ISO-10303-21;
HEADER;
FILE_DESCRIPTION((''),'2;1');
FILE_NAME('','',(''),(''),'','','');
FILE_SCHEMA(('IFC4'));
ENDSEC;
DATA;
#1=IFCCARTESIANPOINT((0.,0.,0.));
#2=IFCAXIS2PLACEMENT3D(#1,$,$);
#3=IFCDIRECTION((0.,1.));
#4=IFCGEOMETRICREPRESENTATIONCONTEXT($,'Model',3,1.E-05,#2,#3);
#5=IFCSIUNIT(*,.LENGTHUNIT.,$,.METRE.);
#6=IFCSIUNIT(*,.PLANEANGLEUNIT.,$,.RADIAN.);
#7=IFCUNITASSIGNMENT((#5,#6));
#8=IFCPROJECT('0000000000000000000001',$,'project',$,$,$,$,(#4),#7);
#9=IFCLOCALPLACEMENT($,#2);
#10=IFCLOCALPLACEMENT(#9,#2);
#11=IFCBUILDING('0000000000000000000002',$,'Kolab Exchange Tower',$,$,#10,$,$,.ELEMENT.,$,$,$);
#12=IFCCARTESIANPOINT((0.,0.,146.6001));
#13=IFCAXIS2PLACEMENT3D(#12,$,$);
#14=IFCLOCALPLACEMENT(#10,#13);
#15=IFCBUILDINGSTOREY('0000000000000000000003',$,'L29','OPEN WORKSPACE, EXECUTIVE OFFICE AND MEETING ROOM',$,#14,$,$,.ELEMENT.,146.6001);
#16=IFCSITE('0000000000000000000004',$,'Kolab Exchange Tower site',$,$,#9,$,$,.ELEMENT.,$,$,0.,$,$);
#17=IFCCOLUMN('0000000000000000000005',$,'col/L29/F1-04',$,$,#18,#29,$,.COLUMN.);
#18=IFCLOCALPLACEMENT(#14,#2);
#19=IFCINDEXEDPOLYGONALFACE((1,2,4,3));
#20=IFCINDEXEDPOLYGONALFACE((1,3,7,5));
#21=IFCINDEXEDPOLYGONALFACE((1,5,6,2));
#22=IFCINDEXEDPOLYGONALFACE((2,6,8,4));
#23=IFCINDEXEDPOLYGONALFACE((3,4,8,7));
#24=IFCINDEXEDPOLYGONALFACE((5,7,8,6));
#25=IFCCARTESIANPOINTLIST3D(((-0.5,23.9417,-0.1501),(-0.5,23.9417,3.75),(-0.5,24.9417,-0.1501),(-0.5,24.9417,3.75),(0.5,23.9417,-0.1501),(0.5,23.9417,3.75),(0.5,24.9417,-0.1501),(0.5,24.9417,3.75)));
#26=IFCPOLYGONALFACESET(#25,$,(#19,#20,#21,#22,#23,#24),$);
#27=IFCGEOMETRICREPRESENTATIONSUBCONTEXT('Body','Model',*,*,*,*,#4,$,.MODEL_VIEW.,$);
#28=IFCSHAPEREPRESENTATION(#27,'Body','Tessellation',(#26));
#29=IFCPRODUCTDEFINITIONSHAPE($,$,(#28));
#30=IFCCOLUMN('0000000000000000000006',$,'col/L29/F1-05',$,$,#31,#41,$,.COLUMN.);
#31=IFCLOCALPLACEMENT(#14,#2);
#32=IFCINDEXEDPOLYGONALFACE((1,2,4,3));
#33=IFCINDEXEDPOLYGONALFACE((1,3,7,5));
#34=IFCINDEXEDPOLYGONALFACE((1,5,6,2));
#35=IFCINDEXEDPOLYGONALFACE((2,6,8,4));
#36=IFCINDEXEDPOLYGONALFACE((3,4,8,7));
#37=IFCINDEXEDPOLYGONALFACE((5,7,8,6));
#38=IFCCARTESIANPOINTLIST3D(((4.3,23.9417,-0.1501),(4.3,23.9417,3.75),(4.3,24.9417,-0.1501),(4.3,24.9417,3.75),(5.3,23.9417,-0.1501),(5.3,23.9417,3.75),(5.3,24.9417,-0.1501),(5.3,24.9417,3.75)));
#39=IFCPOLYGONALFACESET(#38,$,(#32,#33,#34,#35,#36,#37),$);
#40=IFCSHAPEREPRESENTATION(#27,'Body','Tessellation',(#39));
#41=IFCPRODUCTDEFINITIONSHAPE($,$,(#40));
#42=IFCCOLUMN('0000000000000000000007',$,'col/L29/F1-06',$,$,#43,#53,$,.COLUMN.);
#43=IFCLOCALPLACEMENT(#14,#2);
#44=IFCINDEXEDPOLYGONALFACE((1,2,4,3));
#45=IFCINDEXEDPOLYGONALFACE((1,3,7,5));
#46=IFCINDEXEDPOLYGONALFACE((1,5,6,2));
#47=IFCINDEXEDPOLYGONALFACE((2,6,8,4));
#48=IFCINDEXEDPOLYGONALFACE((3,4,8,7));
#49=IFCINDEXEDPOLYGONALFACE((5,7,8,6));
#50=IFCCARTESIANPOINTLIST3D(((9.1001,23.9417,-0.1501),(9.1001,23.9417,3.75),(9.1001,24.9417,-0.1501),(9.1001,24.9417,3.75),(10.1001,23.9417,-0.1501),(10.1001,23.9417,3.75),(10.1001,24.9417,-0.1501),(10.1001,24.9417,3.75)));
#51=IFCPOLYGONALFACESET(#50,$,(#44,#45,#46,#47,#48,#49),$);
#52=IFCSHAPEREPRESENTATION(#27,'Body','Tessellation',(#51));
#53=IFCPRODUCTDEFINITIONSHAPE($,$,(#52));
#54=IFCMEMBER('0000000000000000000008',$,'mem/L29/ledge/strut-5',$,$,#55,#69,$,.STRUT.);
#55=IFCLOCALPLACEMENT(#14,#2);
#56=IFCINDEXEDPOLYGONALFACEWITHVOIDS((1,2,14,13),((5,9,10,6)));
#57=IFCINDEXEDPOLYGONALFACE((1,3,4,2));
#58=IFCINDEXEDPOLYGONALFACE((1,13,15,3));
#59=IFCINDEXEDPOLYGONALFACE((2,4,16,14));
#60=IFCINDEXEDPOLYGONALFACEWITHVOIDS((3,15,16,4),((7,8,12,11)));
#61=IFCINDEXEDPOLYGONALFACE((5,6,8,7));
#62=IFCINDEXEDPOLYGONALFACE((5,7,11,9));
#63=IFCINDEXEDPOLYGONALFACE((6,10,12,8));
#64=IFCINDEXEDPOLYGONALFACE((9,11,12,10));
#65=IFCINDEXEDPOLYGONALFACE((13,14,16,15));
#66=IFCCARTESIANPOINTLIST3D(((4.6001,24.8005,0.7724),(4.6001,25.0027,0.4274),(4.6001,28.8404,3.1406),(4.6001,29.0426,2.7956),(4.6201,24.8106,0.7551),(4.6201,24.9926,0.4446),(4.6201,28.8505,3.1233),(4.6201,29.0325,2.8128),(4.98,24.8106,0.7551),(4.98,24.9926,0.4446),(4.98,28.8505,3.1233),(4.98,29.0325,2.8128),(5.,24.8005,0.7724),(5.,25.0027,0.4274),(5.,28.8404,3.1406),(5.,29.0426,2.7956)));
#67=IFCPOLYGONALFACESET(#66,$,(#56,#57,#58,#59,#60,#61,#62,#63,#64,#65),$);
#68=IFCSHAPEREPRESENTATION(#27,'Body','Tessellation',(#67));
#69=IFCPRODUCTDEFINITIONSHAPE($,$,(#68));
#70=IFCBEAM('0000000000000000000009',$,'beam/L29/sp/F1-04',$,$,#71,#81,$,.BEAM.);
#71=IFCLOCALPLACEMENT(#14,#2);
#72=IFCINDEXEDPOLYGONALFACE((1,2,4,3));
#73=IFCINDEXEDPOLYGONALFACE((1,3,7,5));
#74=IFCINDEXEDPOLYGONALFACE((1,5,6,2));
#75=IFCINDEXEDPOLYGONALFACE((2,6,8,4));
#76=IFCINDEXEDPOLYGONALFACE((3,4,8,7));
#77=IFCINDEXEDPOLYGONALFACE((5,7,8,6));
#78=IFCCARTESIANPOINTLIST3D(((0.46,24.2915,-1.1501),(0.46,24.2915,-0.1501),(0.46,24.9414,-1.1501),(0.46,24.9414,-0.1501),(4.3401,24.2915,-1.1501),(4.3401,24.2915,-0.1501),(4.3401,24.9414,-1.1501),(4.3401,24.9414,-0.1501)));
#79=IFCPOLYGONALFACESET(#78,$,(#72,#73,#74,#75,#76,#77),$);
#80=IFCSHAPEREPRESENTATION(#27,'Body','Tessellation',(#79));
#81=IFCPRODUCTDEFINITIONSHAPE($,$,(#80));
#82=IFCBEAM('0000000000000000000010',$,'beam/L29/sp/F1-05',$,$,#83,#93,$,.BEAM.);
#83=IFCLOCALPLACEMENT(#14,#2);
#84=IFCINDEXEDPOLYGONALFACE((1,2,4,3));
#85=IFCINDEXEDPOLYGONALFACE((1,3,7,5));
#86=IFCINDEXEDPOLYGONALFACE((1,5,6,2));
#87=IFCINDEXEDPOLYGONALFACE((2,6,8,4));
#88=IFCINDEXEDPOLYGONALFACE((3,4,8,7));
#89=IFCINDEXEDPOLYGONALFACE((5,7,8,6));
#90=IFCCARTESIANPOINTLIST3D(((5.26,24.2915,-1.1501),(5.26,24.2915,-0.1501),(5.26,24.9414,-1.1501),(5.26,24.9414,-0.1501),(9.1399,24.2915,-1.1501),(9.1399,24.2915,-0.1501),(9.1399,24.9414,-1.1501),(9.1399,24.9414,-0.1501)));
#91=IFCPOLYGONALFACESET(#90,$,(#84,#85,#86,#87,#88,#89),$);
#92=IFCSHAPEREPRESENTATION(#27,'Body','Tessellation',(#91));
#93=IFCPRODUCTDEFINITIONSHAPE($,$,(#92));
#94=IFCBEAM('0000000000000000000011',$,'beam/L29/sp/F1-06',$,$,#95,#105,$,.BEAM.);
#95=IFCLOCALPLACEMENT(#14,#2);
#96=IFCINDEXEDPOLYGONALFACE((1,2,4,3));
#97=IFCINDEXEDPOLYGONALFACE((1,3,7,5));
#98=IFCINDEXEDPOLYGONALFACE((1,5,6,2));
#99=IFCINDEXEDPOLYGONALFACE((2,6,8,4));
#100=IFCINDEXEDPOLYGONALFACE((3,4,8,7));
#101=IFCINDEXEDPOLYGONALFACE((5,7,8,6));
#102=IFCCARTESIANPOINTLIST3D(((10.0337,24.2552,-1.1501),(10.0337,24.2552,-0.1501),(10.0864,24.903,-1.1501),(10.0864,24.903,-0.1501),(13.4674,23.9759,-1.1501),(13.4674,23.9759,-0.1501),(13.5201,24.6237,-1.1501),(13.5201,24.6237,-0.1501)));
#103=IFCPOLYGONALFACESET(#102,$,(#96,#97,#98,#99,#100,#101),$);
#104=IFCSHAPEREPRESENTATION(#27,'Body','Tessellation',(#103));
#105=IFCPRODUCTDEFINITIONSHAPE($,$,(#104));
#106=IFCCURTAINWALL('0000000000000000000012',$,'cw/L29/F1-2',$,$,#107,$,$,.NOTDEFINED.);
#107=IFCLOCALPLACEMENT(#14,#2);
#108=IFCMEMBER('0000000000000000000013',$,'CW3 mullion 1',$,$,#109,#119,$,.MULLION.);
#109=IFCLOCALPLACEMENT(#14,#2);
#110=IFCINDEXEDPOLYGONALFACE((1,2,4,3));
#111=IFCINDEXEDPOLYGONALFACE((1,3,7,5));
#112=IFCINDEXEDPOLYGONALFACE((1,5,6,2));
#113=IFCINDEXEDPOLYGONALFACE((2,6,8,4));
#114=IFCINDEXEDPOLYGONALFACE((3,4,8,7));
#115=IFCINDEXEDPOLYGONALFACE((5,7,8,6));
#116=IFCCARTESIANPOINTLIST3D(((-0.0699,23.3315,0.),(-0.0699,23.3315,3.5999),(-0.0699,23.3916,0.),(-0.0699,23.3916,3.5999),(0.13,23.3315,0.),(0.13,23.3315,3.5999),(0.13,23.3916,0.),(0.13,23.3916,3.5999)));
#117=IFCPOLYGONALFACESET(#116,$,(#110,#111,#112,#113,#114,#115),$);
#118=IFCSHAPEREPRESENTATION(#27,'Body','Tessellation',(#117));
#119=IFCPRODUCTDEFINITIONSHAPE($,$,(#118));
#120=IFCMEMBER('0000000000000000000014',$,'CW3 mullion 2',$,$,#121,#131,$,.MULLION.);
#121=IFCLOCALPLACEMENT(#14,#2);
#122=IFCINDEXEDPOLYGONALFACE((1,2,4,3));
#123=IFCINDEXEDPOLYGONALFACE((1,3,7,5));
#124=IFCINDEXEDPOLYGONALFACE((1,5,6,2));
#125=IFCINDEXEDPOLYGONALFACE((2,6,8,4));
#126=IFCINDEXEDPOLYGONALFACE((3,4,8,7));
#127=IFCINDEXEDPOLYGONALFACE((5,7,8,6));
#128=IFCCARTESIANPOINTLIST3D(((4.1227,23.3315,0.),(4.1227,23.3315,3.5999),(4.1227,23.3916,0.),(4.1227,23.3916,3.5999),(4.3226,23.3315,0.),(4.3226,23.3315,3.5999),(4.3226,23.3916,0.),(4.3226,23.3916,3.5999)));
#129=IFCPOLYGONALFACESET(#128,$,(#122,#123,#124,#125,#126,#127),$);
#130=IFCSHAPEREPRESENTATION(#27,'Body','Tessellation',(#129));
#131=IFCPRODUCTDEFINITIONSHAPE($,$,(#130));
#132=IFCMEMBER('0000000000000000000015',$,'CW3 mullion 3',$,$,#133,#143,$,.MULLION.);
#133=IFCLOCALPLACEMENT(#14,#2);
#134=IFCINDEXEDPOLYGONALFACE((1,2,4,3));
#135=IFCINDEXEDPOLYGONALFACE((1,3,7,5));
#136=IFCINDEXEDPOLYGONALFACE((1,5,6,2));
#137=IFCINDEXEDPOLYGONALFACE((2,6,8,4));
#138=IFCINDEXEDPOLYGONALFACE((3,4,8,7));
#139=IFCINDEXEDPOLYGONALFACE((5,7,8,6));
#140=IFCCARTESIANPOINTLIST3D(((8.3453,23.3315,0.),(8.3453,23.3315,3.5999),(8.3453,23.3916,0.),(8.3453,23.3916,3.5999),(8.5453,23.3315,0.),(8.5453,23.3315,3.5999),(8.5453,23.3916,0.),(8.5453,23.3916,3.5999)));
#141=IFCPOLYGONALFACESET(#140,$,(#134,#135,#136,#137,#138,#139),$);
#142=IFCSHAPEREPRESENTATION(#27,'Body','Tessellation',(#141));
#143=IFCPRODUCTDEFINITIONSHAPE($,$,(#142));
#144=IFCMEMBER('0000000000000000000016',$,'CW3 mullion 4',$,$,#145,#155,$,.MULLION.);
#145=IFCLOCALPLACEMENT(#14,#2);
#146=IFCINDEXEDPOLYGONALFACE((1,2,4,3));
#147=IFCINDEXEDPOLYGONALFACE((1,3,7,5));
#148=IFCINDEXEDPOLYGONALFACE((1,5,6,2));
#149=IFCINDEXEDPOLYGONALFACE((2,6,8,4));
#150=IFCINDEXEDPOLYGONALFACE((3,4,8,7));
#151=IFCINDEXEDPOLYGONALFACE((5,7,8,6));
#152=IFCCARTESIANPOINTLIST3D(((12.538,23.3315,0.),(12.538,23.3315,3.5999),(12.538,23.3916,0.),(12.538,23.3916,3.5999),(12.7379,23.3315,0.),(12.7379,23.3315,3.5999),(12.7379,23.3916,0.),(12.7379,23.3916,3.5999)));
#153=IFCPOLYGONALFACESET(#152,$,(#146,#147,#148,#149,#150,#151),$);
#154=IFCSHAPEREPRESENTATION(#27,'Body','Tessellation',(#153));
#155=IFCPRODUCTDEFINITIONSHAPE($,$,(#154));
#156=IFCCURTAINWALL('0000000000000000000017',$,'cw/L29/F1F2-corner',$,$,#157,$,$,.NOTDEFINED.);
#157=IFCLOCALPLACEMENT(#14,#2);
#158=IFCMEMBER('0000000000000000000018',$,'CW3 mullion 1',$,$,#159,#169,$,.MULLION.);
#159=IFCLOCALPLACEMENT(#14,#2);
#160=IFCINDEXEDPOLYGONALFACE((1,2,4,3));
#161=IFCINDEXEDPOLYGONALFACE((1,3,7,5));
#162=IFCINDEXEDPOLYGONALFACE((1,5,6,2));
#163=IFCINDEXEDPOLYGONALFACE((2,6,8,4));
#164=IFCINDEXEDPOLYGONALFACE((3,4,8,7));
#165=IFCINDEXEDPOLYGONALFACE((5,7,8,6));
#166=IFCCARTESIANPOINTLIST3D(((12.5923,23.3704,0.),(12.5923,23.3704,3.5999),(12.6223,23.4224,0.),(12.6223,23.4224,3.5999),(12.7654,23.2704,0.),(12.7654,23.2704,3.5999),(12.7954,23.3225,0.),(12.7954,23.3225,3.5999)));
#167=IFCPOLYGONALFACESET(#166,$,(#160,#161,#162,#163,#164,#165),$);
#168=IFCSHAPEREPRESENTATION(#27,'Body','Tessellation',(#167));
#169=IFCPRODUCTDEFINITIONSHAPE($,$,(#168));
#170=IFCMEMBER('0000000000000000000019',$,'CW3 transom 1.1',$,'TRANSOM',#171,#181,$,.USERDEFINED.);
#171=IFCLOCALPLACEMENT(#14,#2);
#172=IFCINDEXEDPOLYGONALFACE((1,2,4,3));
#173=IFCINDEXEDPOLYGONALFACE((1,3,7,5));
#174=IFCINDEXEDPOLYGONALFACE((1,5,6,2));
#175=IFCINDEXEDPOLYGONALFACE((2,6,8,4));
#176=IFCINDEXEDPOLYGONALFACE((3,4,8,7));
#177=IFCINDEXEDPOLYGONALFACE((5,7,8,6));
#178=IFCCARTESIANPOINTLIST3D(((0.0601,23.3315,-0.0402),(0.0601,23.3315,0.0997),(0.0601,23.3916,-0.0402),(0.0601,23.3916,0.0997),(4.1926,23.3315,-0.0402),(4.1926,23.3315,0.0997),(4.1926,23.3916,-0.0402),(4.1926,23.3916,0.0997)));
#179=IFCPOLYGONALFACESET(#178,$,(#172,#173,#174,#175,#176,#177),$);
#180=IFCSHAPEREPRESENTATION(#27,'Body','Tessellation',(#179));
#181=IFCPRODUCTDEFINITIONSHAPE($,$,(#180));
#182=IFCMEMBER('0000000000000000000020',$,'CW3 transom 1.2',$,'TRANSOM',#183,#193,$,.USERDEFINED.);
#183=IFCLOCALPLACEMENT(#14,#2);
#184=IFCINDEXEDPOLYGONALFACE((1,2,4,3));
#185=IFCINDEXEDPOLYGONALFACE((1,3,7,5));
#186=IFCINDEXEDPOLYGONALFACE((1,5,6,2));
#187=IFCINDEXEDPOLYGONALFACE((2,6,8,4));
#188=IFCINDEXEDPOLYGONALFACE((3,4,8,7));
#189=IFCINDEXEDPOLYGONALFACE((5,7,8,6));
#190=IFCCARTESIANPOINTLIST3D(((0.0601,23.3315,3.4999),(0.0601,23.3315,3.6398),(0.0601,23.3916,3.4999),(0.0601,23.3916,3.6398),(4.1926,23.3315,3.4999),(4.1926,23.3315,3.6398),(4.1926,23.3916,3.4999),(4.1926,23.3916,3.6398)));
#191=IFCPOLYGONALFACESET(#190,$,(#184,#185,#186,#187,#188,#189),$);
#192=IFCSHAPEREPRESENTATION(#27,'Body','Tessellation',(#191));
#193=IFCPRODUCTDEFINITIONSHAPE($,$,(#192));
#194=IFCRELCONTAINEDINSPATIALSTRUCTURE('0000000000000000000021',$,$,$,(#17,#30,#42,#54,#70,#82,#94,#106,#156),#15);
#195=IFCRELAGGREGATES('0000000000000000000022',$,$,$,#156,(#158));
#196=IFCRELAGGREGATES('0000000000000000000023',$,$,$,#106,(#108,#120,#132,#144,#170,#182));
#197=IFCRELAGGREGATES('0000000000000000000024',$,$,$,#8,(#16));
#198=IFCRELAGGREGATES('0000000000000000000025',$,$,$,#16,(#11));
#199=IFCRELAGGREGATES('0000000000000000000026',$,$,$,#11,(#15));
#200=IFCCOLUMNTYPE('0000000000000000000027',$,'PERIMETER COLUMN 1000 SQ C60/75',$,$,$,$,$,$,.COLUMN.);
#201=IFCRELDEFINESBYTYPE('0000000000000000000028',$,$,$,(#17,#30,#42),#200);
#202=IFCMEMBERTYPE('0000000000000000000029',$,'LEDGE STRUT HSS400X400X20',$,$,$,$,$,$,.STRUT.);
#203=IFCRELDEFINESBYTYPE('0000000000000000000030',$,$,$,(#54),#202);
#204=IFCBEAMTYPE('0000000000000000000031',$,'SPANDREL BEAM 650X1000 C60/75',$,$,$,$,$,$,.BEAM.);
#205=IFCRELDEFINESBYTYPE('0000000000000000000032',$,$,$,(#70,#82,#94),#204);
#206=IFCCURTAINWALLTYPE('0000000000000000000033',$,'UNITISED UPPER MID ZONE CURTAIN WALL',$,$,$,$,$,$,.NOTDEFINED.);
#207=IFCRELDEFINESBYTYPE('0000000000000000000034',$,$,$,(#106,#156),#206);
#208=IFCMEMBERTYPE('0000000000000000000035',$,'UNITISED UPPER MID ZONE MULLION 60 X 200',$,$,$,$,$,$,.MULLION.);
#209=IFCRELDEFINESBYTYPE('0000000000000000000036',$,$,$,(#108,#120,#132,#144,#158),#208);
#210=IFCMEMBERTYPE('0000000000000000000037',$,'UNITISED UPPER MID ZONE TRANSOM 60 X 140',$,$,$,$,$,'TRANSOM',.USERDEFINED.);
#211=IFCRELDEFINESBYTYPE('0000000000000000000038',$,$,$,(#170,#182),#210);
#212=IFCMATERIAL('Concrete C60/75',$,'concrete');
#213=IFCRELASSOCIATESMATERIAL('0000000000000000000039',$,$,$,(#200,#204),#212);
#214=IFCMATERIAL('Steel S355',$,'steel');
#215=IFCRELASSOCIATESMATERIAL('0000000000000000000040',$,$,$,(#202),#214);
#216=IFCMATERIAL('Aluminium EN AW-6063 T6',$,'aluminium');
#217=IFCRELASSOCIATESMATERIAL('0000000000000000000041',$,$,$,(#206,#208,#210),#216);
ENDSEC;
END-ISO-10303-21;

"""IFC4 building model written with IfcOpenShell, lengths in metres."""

from ifc_helpers import new_model, si_unit, direction, frame, origin, origin_2d, place, context, subcontext, project, spatial, rectangle, hollow_rectangle, extrude, material, material_profile, profile_set, type_object, element, aggregate, save


model = new_model("IFC4")

# Units and contexts
model_context = context("Model", 3, precision=1e-05, world=origin(), true_north=direction((0.0, 1.0)))
body_context = subcontext(model_context, "Body", "Model", "MODEL_VIEW")
ifc_project = project(units=[si_unit("LENGTHUNIT", "METRE"), si_unit("PLANEANGLEUNIT", "RADIAN")], contexts=[model_context])

# Site, building, storey
site_placement = place(None, origin())
site = spatial("IfcSite", under=ifc_project, at=site_placement, Name="Kolab Exchange Tower site", CompositionType="ELEMENT", RefElevation=0.0)
building_placement = place(site_placement, origin())
building = spatial("IfcBuilding", under=site, at=building_placement, Name="Kolab Exchange Tower", CompositionType="ELEMENT")
storey_placement = place(building_placement, frame((0.0, 0.0, 146.6001)))
storey = spatial("IfcBuildingStorey", under=building, at=storey_placement, Name="L29", Description="OPEN WORKSPACE, EXECUTIVE OFFICE AND MEETING ROOM", CompositionType="ELEMENT", Elevation=146.6001)

# Columns
ifc_material_1 = material(Name="Concrete C60/75", Category="concrete")
ifc_material_profile_1 = material_profile(ifc_material_1, rectangle(XDim=1.0, YDim=1.0, at=origin_2d()), Name="RC1000")
ifc_profile_set_1 = profile_set([ifc_material_profile_1], Name="Concrete C60/75")
column_type = type_object("IfcColumnType", Name="PERIMETER COLUMN 1000 SQ C60/75", PredefinedType="COLUMN", material=ifc_profile_set_1)
for number, where, z_axis, x_axis, name in (
    (1, (0.0, 24.4417, -0.1501), (0.0, 0.0, 1.0), (1.0, 0.0, 0.0), "col/L29/F1-04"),
    (2, (4.8, 24.4417, -0.1501), (0.0, 0.0, 1.0), (1.0, 0.0, 0.0), "col/L29/F1-05"),
    (3, (9.6001, 24.4417, -0.1501), (0.0, 0.0, 1.0), (1.0, 0.0, 0.0), "col/L29/F1-06"),
):
    element("IfcColumn", number, at=place(storey_placement, frame(where, z_axis=z_axis, x_axis=x_axis)), inside=storey, type_object=column_type, Name=name, PredefinedType="COLUMN", context=body_context, shape_type="SweptSolid", body=[
        extrude(rectangle(XDim=1.0, YDim=1.0, at=origin_2d()), origin(), (0.0, 0.0, 1.0), 3.9001),
    ])

# Member
ifc_material_2 = material(Name="Steel S355", Category="steel")
ifc_material_profile_2 = material_profile(ifc_material_2, hollow_rectangle(XDim=0.3999, YDim=0.3999, WallThickness=0.02, at=origin_2d()), Name="HSS400X400X20")
ifc_profile_set_2 = profile_set([ifc_material_profile_2], Name="Steel S355")
member_type_1 = type_object("IfcMemberType", Name="LEDGE STRUT HSS400X400X20", PredefinedType="STRUT", material=ifc_profile_set_2)
member_1_placement = place(storey_placement, frame((4.8, 24.9016, 0.5999), z_axis=(0.0, 0.862697, 0.505721), x_axis=(-1.0, 0.0, 0.0)))
element("IfcMember", 4, at=member_1_placement, inside=storey, type_object=member_type_1, Name="mem/L29/ledge/strut-5", PredefinedType="STRUT", context=body_context, shape_type="SweptSolid", body=[
    extrude(hollow_rectangle(XDim=0.3999, YDim=0.3999, WallThickness=0.02, at=origin_2d()), origin(), (0.0, 0.0, 1.0), 4.6829),
])

# Beams
ifc_material_profile_3 = material_profile(ifc_material_1, rectangle(XDim=0.6499, YDim=1.0, at=origin_2d()), Name="RC650X1000")
ifc_profile_set_3 = profile_set([ifc_material_profile_3], Name="Concrete C60/75")
beam_type = type_object("IfcBeamType", Name="SPANDREL BEAM 650X1000 C60/75", PredefinedType="BEAM", material=ifc_profile_set_3)
beam_1_placement = place(storey_placement, frame((0.46, 24.6165, -0.6501), z_axis=(1.0, 0.0, 0.0), x_axis=(0.0, 1.0, 0.0)))
element("IfcBeam", 5, at=beam_1_placement, inside=storey, type_object=beam_type, Name="beam/L29/sp/F1-04", PredefinedType="BEAM", context=body_context, shape_type="SweptSolid", body=[
    extrude(rectangle(XDim=0.6499, YDim=1.0, at=origin_2d()), origin(), (0.0, 0.0, 1.0), 3.8801),
])
beam_2_placement = place(storey_placement, frame((5.26, 24.6165, -0.6501), z_axis=(1.0, 0.0, 0.0), x_axis=(0.0, 1.0, 0.0)))
element("IfcBeam", 6, at=beam_2_placement, inside=storey, type_object=beam_type, Name="beam/L29/sp/F1-05", PredefinedType="BEAM", context=body_context, shape_type="SweptSolid", body=[
    extrude(rectangle(XDim=0.6499, YDim=1.0, at=origin_2d()), origin(), (0.0, 0.0, 1.0), 3.8799),
])
beam_3_placement = place(storey_placement, frame((10.0601, 24.5791, -0.6501), z_axis=(0.996708, -0.081069, 0.0), x_axis=(0.081069, 0.996708, 0.0)))
element("IfcBeam", 7, at=beam_3_placement, inside=storey, type_object=beam_type, Name="beam/L29/sp/F1-06", PredefinedType="BEAM", context=body_context, shape_type="SweptSolid", body=[
    extrude(rectangle(XDim=0.6499, YDim=1.0, at=origin_2d()), origin(), (0.0, 0.0, 1.0), 3.4451),
])

# Curtain wall, members
ifc_material_3 = material(Name="Aluminium EN AW-6063 T6", Category="aluminium")
curtain_wall_type = type_object("IfcCurtainWallType", Name="UNITISED UPPER MID ZONE CURTAIN WALL", PredefinedType="NOTDEFINED", material=ifc_material_3)
curtain_wall_1_placement = place(storey_placement, origin())
curtain_wall_1 = element("IfcCurtainWall", 8, at=curtain_wall_1_placement, inside=storey, type_object=curtain_wall_type, Name="cw/L29/F1-2", PredefinedType="NOTDEFINED")
ifc_material_profile_4 = material_profile(ifc_material_3, rectangle(XDim=0.0601, YDim=0.2, at=origin_2d()), Name="RECT 60X200")
ifc_profile_set_4 = profile_set([ifc_material_profile_4], Name="Aluminium EN AW-6063 T6")
member_type_2 = type_object("IfcMemberType", Name="UNITISED UPPER MID ZONE MULLION 60 X 200", PredefinedType="MULLION", material=ifc_profile_set_4)
member_2_placement = place(storey_placement, frame((0.03, 23.3616, 0.0), z_axis=(0.0, 0.0, 1.0), x_axis=(0.0, 1.0, 0.0)))
member_2 = element("IfcMember", 9, at=member_2_placement, type_object=member_type_2, Name="CW3 mullion 1", PredefinedType="MULLION", context=body_context, shape_type="SweptSolid", body=[
    extrude(rectangle(XDim=0.0601, YDim=0.2, at=origin_2d()), origin(), (0.0, 0.0, 1.0), 3.5999),
])
member_3_placement = place(storey_placement, frame((4.2227, 23.3616, 0.0), z_axis=(0.0, 0.0, 1.0), x_axis=(0.0, 1.0, 0.0)))
member_3 = element("IfcMember", 10, at=member_3_placement, type_object=member_type_2, Name="CW3 mullion 2", PredefinedType="MULLION", context=body_context, shape_type="SweptSolid", body=[
    extrude(rectangle(XDim=0.0601, YDim=0.2, at=origin_2d()), origin(), (0.0, 0.0, 1.0), 3.5999),
])
member_4_placement = place(storey_placement, frame((8.4453, 23.3616, 0.0), z_axis=(0.0, 0.0, 1.0), x_axis=(0.0, 1.0, 0.0)))
member_4 = element("IfcMember", 11, at=member_4_placement, type_object=member_type_2, Name="CW3 mullion 3", PredefinedType="MULLION", context=body_context, shape_type="SweptSolid", body=[
    extrude(rectangle(XDim=0.0601, YDim=0.2, at=origin_2d()), origin(), (0.0, 0.0, 1.0), 3.5999),
])
member_5_placement = place(storey_placement, frame((12.6379, 23.3616, 0.0), z_axis=(0.0, 0.0, 1.0), x_axis=(0.0, 1.0, 0.0)))
member_5 = element("IfcMember", 12, at=member_5_placement, type_object=member_type_2, Name="CW3 mullion 4", PredefinedType="MULLION", context=body_context, shape_type="SweptSolid", body=[
    extrude(rectangle(XDim=0.0601, YDim=0.2, at=origin_2d()), origin(), (0.0, 0.0, 1.0), 3.5999),
])

# Curtain wall, member
curtain_wall_2_placement = place(storey_placement, origin())
curtain_wall_2 = element("IfcCurtainWall", 13, at=curtain_wall_2_placement, inside=storey, type_object=curtain_wall_type, Name="cw/L29/F1F2-corner", PredefinedType="NOTDEFINED")
member_6_placement = place(storey_placement, frame((12.6938, 23.3464, 0.0), z_axis=(0.0, 0.0, 1.0), x_axis=(0.5, 0.866025, 0.0)))
member_6 = element("IfcMember", 14, at=member_6_placement, type_object=member_type_2, Name="CW3 mullion 1", PredefinedType="MULLION", context=body_context, shape_type="SweptSolid", body=[
    extrude(rectangle(XDim=0.0601, YDim=0.2, at=origin_2d()), origin(), (0.0, 0.0, 1.0), 3.5999),
])

# Members
ifc_material_profile_5 = material_profile(ifc_material_3, rectangle(XDim=0.0601, YDim=0.1399, at=origin_2d()), Name="RECT 60X140")
ifc_profile_set_5 = profile_set([ifc_material_profile_5], Name="Aluminium EN AW-6063 T6")
member_type_3 = type_object("IfcMemberType", Name="UNITISED UPPER MID ZONE TRANSOM 60 X 140", ElementType="TRANSOM", PredefinedType="USERDEFINED", material=ifc_profile_set_5)
member_7_placement = place(storey_placement, frame((0.0601, 23.3616, 0.0298), z_axis=(1.0, 0.0, 0.0), x_axis=(0.0, 1.0, 0.0)))
member_7 = element("IfcMember", 15, at=member_7_placement, type_object=member_type_3, Name="CW3 transom 1.1", ObjectType="TRANSOM", PredefinedType="USERDEFINED", context=body_context, shape_type="SweptSolid", body=[
    extrude(rectangle(XDim=0.0601, YDim=0.1399, at=origin_2d()), origin(), (0.0, 0.0, 1.0), 4.1326),
])
member_8_placement = place(storey_placement, frame((0.0601, 23.3616, 3.5698), z_axis=(1.0, 0.0, 0.0), x_axis=(0.0, 1.0, 0.0)))
member_8 = element("IfcMember", 16, at=member_8_placement, type_object=member_type_3, Name="CW3 transom 1.2", ObjectType="TRANSOM", PredefinedType="USERDEFINED", context=body_context, shape_type="SweptSolid", body=[
    extrude(rectangle(XDim=0.0601, YDim=0.1399, at=origin_2d()), origin(), (0.0, 0.0, 1.0), 4.1326),
])
aggregate(curtain_wall_2, [member_6])

aggregate(curtain_wall_1, [member_2, member_3, member_4, member_5, member_7, member_8])

save(model, "model.ifc")
